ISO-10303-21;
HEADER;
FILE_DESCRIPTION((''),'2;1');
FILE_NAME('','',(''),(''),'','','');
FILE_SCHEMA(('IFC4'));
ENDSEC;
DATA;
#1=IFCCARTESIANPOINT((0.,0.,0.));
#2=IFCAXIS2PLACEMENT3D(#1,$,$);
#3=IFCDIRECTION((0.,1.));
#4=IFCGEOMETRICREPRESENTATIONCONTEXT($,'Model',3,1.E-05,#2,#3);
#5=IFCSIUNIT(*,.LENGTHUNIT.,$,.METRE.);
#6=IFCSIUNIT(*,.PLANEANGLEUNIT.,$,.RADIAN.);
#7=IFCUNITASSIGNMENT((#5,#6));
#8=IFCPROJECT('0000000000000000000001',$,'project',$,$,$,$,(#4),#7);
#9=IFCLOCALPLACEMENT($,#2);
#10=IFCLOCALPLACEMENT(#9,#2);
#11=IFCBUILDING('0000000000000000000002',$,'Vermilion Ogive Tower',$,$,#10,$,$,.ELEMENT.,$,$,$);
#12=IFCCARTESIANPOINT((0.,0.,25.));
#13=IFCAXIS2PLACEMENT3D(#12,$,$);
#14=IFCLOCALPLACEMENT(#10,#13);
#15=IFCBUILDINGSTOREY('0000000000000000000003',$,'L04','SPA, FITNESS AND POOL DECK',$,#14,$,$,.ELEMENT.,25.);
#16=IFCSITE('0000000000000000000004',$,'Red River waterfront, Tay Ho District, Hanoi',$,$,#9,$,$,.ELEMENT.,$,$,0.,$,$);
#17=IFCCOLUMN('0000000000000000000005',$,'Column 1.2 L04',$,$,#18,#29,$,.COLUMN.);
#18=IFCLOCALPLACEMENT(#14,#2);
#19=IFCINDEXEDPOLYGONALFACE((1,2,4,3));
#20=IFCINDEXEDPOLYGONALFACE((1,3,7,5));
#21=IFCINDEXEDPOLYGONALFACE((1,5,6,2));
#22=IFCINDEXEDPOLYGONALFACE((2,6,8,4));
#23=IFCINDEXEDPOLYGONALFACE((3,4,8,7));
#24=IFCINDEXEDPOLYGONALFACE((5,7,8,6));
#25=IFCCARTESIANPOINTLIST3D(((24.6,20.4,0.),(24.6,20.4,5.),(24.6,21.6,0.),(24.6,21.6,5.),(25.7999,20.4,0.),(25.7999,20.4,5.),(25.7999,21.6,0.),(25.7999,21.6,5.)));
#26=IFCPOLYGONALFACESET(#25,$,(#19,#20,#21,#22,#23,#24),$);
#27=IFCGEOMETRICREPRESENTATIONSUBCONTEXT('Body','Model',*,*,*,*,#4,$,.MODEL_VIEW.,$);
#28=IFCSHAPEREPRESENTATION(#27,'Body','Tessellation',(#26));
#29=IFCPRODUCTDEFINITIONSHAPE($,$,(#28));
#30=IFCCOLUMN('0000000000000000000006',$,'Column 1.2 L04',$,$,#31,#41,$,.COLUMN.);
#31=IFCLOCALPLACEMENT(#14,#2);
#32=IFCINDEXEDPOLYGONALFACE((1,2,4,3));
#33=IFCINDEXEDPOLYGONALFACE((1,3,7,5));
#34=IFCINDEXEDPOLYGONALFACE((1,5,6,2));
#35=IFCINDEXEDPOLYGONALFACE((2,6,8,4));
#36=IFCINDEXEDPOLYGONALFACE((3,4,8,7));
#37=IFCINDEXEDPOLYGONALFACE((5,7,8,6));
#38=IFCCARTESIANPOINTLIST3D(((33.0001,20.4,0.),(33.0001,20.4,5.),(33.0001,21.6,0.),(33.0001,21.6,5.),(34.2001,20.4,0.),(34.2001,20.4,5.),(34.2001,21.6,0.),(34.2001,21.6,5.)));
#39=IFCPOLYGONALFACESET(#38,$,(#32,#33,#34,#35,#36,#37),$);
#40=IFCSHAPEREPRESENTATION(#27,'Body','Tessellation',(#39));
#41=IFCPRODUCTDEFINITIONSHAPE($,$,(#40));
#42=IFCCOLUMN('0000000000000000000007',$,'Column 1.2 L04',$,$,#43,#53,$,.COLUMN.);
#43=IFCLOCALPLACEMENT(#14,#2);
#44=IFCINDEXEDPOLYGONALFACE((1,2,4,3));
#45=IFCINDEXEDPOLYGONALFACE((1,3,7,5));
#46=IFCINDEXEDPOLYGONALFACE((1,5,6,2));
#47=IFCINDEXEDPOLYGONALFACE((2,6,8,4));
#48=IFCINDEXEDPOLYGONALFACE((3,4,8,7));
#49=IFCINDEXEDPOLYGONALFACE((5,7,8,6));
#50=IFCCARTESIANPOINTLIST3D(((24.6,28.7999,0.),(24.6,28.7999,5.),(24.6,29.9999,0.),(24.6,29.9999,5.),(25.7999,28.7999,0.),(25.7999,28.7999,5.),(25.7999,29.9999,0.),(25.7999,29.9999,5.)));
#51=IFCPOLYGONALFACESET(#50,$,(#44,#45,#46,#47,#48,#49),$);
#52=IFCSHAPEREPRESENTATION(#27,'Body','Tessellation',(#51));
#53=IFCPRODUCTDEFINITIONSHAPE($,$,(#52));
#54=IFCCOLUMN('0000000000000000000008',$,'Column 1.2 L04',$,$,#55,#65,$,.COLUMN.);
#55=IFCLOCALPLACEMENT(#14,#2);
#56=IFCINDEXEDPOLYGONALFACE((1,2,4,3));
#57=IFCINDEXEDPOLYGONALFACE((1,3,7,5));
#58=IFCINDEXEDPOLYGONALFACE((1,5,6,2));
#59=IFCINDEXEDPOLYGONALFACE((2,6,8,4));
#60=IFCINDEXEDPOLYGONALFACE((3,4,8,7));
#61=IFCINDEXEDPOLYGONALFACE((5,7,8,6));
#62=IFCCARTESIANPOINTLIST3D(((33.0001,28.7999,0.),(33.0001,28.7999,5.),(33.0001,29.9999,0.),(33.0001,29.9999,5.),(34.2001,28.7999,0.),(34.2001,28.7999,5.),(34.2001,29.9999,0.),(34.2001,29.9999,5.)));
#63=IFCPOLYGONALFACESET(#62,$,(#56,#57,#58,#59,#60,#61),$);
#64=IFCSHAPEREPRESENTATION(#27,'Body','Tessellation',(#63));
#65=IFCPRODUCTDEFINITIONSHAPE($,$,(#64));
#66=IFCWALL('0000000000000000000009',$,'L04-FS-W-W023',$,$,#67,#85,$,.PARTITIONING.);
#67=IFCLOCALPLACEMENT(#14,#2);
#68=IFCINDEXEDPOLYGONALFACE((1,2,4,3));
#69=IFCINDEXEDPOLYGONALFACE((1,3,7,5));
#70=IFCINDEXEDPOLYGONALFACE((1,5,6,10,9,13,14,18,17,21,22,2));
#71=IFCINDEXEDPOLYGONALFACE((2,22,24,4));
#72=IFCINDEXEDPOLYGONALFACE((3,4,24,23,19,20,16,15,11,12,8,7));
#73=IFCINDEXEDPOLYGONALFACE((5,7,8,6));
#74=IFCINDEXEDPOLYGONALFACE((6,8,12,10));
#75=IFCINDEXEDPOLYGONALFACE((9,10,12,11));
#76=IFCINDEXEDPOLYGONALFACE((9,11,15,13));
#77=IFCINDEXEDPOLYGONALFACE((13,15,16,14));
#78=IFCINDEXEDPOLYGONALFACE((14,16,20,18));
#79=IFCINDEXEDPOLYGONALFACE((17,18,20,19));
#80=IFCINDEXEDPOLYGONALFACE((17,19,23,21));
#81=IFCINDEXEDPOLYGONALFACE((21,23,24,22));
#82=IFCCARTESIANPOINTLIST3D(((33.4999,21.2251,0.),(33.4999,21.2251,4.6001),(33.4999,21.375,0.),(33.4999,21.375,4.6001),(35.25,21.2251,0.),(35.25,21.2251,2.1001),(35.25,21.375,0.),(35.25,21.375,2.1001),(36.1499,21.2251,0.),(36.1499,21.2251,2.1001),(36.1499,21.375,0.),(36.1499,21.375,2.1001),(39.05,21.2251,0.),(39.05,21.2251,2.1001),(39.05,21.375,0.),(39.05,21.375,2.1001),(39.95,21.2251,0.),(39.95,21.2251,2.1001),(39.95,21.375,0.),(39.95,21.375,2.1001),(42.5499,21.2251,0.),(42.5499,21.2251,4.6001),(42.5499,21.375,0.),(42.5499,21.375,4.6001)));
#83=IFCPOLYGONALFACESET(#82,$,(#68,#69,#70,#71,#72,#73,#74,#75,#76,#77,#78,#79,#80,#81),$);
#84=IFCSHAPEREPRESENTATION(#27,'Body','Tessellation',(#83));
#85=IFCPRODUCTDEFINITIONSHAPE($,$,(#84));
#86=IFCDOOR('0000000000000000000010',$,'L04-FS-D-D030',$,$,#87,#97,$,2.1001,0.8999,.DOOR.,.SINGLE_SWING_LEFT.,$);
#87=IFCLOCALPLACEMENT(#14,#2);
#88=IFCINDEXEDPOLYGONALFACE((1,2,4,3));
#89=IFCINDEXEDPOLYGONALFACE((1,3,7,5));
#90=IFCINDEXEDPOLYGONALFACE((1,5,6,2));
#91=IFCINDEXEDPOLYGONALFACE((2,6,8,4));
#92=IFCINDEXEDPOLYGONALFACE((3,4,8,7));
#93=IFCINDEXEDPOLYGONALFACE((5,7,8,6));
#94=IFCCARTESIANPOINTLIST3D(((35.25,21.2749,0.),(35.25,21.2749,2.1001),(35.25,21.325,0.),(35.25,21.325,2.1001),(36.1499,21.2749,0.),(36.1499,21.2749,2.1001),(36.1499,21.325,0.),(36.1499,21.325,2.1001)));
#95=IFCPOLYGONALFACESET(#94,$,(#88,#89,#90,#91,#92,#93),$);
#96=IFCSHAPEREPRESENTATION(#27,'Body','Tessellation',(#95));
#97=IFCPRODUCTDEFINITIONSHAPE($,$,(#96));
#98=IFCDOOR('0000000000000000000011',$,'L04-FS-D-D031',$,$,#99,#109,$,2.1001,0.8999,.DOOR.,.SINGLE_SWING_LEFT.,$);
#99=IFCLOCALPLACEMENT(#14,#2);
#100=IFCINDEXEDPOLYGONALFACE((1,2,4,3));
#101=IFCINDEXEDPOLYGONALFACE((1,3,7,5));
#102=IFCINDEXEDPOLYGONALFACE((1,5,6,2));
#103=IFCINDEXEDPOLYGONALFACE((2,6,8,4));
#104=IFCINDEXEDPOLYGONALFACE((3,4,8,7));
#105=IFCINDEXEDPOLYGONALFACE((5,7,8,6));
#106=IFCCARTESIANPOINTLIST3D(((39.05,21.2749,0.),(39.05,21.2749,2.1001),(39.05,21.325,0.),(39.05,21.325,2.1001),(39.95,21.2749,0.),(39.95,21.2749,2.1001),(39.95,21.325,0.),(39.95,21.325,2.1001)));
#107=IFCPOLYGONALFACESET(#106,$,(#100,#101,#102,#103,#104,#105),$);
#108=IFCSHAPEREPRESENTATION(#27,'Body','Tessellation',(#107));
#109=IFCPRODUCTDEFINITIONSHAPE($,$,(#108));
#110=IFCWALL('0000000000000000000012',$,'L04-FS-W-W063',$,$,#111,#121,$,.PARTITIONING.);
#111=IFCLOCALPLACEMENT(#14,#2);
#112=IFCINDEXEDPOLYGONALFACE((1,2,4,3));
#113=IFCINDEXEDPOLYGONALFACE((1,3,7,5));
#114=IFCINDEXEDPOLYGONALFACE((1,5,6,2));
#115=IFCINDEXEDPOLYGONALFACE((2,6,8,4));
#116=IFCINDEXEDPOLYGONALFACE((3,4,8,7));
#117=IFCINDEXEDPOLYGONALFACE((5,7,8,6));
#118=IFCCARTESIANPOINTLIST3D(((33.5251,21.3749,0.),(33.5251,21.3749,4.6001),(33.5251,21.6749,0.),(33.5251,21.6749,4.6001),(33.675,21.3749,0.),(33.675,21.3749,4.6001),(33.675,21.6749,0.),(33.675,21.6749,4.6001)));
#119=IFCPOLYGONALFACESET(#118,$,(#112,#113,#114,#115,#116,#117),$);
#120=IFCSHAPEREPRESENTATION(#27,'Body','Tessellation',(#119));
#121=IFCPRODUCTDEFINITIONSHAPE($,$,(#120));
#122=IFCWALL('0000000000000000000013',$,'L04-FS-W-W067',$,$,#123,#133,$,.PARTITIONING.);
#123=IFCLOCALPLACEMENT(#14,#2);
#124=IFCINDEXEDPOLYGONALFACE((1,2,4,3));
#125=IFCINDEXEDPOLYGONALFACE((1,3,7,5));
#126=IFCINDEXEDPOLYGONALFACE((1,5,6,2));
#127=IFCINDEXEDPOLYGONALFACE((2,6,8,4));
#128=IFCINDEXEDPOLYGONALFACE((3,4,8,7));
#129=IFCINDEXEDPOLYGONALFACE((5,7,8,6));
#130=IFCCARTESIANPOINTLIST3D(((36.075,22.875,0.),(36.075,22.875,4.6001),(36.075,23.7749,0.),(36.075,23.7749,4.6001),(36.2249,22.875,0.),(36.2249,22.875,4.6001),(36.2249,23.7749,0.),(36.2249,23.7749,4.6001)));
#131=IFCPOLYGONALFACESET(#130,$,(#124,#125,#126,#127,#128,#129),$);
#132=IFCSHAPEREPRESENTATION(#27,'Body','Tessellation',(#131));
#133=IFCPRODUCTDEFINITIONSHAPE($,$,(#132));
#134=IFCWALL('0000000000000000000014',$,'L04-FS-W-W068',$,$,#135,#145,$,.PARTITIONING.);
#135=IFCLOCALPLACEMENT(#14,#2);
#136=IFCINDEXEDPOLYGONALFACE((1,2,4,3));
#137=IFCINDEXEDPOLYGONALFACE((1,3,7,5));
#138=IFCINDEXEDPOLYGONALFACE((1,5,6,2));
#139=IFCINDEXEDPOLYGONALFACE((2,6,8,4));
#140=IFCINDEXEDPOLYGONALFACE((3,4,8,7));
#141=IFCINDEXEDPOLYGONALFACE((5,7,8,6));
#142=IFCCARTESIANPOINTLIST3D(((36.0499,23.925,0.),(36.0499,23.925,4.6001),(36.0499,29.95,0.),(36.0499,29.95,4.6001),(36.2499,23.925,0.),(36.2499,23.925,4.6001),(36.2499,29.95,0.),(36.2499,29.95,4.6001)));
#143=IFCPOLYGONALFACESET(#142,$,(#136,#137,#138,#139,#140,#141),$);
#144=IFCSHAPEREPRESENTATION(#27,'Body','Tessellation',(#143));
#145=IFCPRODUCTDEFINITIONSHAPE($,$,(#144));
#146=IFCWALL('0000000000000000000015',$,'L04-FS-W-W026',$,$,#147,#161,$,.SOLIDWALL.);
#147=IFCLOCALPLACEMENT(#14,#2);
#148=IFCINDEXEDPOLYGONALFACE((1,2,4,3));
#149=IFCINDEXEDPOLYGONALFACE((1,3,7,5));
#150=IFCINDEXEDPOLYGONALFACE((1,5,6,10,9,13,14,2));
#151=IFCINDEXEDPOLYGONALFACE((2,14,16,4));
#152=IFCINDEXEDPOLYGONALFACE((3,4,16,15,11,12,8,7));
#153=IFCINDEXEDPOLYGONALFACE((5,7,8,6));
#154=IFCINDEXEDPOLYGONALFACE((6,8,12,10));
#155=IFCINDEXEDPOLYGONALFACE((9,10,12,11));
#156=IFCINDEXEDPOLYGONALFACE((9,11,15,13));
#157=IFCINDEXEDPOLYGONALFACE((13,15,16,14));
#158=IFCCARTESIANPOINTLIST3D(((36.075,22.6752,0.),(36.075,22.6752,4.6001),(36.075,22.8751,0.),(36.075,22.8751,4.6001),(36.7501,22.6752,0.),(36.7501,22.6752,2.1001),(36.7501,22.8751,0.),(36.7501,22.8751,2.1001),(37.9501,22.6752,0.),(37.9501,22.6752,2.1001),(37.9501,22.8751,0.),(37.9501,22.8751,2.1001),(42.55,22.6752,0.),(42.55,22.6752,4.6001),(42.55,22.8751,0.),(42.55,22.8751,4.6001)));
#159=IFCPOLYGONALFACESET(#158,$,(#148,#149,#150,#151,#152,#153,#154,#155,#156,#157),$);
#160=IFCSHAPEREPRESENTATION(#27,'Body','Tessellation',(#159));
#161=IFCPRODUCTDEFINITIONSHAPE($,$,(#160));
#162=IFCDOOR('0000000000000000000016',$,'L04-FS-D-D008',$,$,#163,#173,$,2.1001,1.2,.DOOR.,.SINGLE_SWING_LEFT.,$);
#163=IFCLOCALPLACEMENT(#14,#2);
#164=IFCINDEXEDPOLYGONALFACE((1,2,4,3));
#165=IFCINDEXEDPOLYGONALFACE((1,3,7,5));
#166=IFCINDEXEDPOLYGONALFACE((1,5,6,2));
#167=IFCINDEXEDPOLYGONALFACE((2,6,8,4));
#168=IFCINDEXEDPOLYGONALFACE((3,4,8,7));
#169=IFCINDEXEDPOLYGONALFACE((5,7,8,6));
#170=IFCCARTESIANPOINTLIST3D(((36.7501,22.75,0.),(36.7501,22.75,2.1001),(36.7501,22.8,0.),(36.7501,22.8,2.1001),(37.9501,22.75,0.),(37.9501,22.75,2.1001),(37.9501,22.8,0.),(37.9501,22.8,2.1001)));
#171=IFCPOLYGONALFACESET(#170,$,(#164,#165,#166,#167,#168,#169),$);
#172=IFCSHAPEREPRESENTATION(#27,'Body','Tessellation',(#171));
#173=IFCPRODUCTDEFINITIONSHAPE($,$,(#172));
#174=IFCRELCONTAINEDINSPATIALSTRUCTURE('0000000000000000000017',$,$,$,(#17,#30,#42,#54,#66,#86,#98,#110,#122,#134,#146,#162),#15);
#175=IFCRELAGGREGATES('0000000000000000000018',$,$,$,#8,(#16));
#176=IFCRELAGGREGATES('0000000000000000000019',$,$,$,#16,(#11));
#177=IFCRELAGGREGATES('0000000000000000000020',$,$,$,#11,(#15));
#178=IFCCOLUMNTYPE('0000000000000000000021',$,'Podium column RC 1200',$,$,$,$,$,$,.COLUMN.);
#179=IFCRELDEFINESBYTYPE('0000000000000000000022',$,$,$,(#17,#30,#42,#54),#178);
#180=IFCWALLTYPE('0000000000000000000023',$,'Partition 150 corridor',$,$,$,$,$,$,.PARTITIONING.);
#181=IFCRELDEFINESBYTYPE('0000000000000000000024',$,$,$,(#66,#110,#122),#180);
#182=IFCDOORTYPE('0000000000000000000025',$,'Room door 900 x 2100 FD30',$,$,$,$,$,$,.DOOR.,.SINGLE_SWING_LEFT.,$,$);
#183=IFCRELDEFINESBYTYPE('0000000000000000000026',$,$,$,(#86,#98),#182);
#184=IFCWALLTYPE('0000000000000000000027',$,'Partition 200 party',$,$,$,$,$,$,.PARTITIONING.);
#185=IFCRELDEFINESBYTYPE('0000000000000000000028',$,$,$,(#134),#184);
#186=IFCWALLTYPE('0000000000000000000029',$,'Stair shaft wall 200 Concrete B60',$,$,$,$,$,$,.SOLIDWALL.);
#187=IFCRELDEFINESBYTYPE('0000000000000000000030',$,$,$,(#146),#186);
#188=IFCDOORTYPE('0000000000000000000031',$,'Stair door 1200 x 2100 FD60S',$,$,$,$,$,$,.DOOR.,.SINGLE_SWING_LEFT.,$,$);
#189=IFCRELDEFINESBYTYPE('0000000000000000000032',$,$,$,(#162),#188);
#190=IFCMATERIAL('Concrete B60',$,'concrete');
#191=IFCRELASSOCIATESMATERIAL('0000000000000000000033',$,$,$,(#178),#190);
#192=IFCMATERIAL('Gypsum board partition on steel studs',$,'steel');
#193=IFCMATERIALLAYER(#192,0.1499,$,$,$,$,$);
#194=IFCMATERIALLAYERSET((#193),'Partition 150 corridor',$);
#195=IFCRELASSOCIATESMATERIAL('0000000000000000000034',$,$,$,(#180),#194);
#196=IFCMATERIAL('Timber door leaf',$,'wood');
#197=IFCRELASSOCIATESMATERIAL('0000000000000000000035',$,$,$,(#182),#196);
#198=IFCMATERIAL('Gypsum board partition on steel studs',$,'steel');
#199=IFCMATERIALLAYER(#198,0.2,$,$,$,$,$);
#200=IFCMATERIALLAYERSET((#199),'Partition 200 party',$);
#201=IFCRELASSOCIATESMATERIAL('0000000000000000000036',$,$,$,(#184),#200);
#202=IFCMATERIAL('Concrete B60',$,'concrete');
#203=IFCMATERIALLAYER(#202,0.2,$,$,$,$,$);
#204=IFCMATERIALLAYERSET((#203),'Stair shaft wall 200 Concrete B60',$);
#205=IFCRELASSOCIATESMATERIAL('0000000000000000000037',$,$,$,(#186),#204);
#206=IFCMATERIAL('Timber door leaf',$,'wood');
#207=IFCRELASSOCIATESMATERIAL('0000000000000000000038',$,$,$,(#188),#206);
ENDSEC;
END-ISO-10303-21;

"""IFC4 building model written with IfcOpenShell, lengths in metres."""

from ifc_helpers import new_model, si_unit, direction, frame, frame_2d, origin, origin_2d, place, context, subcontext, project, spatial, rectangle, extrude, material, layer, layer_set, material_profile, profile_set, type_object, element, fill, save


model = new_model("IFC4")

# Units and contexts
model_context = context("Model", 3, precision=1e-05, world=origin(), true_north=direction((0.0, 1.0)))
body_context = subcontext(model_context, "Body", "Model", "MODEL_VIEW")
ifc_project = project(units=[si_unit("LENGTHUNIT", "METRE"), si_unit("PLANEANGLEUNIT", "RADIAN")], contexts=[model_context])

# Site, building, storey
site_placement = place(None, origin())
site = spatial("IfcSite", under=ifc_project, at=site_placement, Name="Red River waterfront, Tay Ho District, Hanoi", CompositionType="ELEMENT", RefElevation=0.0)
building_placement = place(site_placement, origin())
building = spatial("IfcBuilding", under=site, at=building_placement, Name="Vermilion Ogive Tower", CompositionType="ELEMENT")
storey_placement = place(building_placement, frame((0.0, 0.0, 25.0)))
storey = spatial("IfcBuildingStorey", under=building, at=storey_placement, Name="L04", Description="SPA, FITNESS AND POOL DECK", CompositionType="ELEMENT", Elevation=25.0)

# Columns
ifc_material_1 = material(Name="Concrete B60", Category="concrete")
ifc_material_profile = material_profile(ifc_material_1, rectangle(XDim=1.2, YDim=1.2, at=origin_2d()), Name="RC 1200x1200")
ifc_profile_set = profile_set([ifc_material_profile], Name="Concrete B60")
column_type = type_object("IfcColumnType", Name="Podium column RC 1200", PredefinedType="COLUMN", material=ifc_profile_set)
for number, where, z_axis, x_axis, name in (
    (1, (25.2, 21.0, 0.0), (0.0, 0.0, 1.0), (1.0, 0.0, 0.0), "Column 1.2 L04"),
    (2, (33.6001, 21.0, 0.0), (0.0, 0.0, 1.0), (1.0, 0.0, 0.0), "Column 1.2 L04"),
    (3, (25.2, 29.3999, 0.0), (0.0, 0.0, 1.0), (1.0, 0.0, 0.0), "Column 1.2 L04"),
    (4, (33.6001, 29.3999, 0.0), (0.0, 0.0, 1.0), (1.0, 0.0, 0.0), "Column 1.2 L04"),
):
    element("IfcColumn", number, at=place(storey_placement, frame(where, z_axis=z_axis, x_axis=x_axis)), inside=storey, type_object=column_type, Name=name, PredefinedType="COLUMN", context=body_context, shape_type="SweptSolid", body=[
        extrude(rectangle(XDim=1.2, YDim=1.2, at=origin_2d()), origin(), (0.0, 0.0, 1.0), 5.0),
    ])

# Wall, openings, doors
ifc_material_2 = material(Name="Gypsum board partition on steel studs", Category="steel")
ifc_layer_1 = layer(ifc_material_2, 0.1499)
ifc_layer_set_1 = layer_set([ifc_layer_1], Name="Partition 150 corridor")
wall_type_1 = type_object("IfcWallType", Name="Partition 150 corridor", PredefinedType="PARTITIONING", material=ifc_layer_set_1)
wall_1_placement = place(storey_placement, frame((33.5, 21.3, 0.0), z_axis=(0.0, 0.0, 1.0), x_axis=(1.0, 0.0, 0.0)))
wall_1 = element("IfcWall", 5, at=wall_1_placement, inside=storey, type_object=wall_type_1, Name="L04-FS-W-W023", PredefinedType="PARTITIONING", context=body_context, shape_type="SweptSolid", body=[
    extrude(rectangle(XDim=9.05, YDim=0.1499, at=frame_2d((4.5249, 0.0))), origin(), (0.0, 0.0, 1.0), 4.6001),
])
opening_1_placement = place(wall_1_placement, frame((1.75, 0.0, 0.0)))
opening_1 = element("IfcOpeningElement", 6, at=opening_1_placement, cuts=wall_1, PredefinedType="OPENING", context=body_context, shape_type="SweptSolid", body=[
    extrude(rectangle(XDim=0.8999, YDim=2.1001, at=frame_2d((0.45, 1.05))), frame((0.0, 0.085, 0.0), z_axis=(0.0, -1.0, 0.0), x_axis=(1.0, 0.0, 0.0)), (0.0, 0.0, 1.0), 0.1699),
])
opening_2_placement = place(wall_1_placement, frame((5.55, 0.0, 0.0)))
opening_2 = element("IfcOpeningElement", 7, at=opening_2_placement, cuts=wall_1, PredefinedType="OPENING", context=body_context, shape_type="SweptSolid", body=[
    extrude(rectangle(XDim=0.8999, YDim=2.1001, at=frame_2d((0.45, 1.05))), frame((0.0, 0.085, 0.0), z_axis=(0.0, -1.0, 0.0), x_axis=(1.0, 0.0, 0.0)), (0.0, 0.0, 1.0), 0.1699),
])
ifc_material_3 = material(Name="Timber door leaf", Category="wood")
door_type_1 = type_object("IfcDoorType", Name="Room door 900 x 2100 FD30", OperationType="SINGLE_SWING_LEFT", PredefinedType="DOOR", material=ifc_material_3)
door_1_placement = place(opening_1_placement, origin())
door_1 = element("IfcDoor", 8, at=door_1_placement, inside=storey, type_object=door_type_1, Name="L04-FS-D-D030", OperationType="SINGLE_SWING_LEFT", OverallHeight=2.1001, OverallWidth=0.8999, PredefinedType="DOOR", context=body_context, shape_type="SweptSolid", body=[
    extrude(rectangle(XDim=0.8999, YDim=2.1001, at=frame_2d((0.45, 1.05))), frame((0.0, 0.0249, 0.0), z_axis=(0.0, -1.0, 0.0), x_axis=(1.0, 0.0, 0.0)), (0.0, 0.0, 1.0), 0.05),
])
fill(opening_1, door_1)
door_2_placement = place(opening_2_placement, origin())
door_2 = element("IfcDoor", 9, at=door_2_placement, inside=storey, type_object=door_type_1, Name="L04-FS-D-D031", OperationType="SINGLE_SWING_LEFT", OverallHeight=2.1001, OverallWidth=0.8999, PredefinedType="DOOR", context=body_context, shape_type="SweptSolid", body=[
    extrude(rectangle(XDim=0.8999, YDim=2.1001, at=frame_2d((0.45, 1.05))), frame((0.0, 0.0249, 0.0), z_axis=(0.0, -1.0, 0.0), x_axis=(1.0, 0.0, 0.0)), (0.0, 0.0, 1.0), 0.05),
])
fill(opening_2, door_2)

# Walls
wall_2_placement = place(storey_placement, frame((33.6001, 21.375, 0.0), z_axis=(0.0, 0.0, 1.0), x_axis=(0.0, 1.0, 0.0)))
element("IfcWall", 10, at=wall_2_placement, inside=storey, type_object=wall_type_1, Name="L04-FS-W-W063", PredefinedType="PARTITIONING", context=body_context, shape_type="SweptSolid", body=[
    extrude(rectangle(XDim=0.3, YDim=0.1499, at=frame_2d((0.1499, 0.0))), origin(), (0.0, 0.0, 1.0), 4.6001),
])
wall_3_placement = place(storey_placement, frame((36.1499, 22.875, 0.0), z_axis=(0.0, 0.0, 1.0), x_axis=(0.0, 1.0, 0.0)))
element("IfcWall", 11, at=wall_3_placement, inside=storey, type_object=wall_type_1, Name="L04-FS-W-W067", PredefinedType="PARTITIONING", context=body_context, shape_type="SweptSolid", body=[
    extrude(rectangle(XDim=0.8999, YDim=0.1499, at=frame_2d((0.45, 0.0))), origin(), (0.0, 0.0, 1.0), 4.6001),
])
ifc_material_4 = material(Name="Gypsum board partition on steel studs", Category="steel")
ifc_layer_2 = layer(ifc_material_4, 0.2)
ifc_layer_set_2 = layer_set([ifc_layer_2], Name="Partition 200 party")
wall_type_2 = type_object("IfcWallType", Name="Partition 200 party", PredefinedType="PARTITIONING", material=ifc_layer_set_2)
wall_4_placement = place(storey_placement, frame((36.1499, 23.925, 0.0), z_axis=(0.0, 0.0, 1.0), x_axis=(0.0, 1.0, 0.0)))
element("IfcWall", 12, at=wall_4_placement, inside=storey, type_object=wall_type_2, Name="L04-FS-W-W068", PredefinedType="PARTITIONING", context=body_context, shape_type="SweptSolid", body=[
    extrude(rectangle(XDim=6.0249, YDim=0.2, at=frame_2d((3.0125, 0.0))), origin(), (0.0, 0.0, 1.0), 4.6001),
])

# Wall, opening, door
ifc_material_5 = material(Name="Concrete B60", Category="concrete")
ifc_layer_3 = layer(ifc_material_5, 0.2)
ifc_layer_set_3 = layer_set([ifc_layer_3], Name="Stair shaft wall 200 Concrete B60")
wall_type_3 = type_object("IfcWallType", Name="Stair shaft wall 200 Concrete B60", PredefinedType="SOLIDWALL", material=ifc_layer_set_3)
wall_5_placement = place(storey_placement, frame((36.075, 22.7751, 0.0), z_axis=(0.0, 0.0, 1.0), x_axis=(1.0, 0.0, 0.0)))
wall_5 = element("IfcWall", 13, at=wall_5_placement, inside=storey, type_object=wall_type_3, Name="L04-FS-W-W026", PredefinedType="SOLIDWALL", context=body_context, shape_type="SweptSolid", body=[
    extrude(rectangle(XDim=6.4751, YDim=0.2, at=frame_2d((3.2375, 0.0))), origin(), (0.0, 0.0, 1.0), 4.6001),
])
opening_3_placement = place(wall_5_placement, frame((0.675, 0.0, 0.0)))
opening_3 = element("IfcOpeningElement", 14, at=opening_3_placement, cuts=wall_5, PredefinedType="OPENING", context=body_context, shape_type="SweptSolid", body=[
    extrude(rectangle(XDim=1.2, YDim=2.1001, at=frame_2d((0.6001, 1.05))), frame((0.0, 0.1099, 0.0), z_axis=(0.0, -1.0, 0.0), x_axis=(1.0, 0.0, 0.0)), (0.0, 0.0, 1.0), 0.22),
])
ifc_material_6 = material(Name="Timber door leaf", Category="wood")
door_type_2 = type_object("IfcDoorType", Name="Stair door 1200 x 2100 FD60S", OperationType="SINGLE_SWING_LEFT", PredefinedType="DOOR", material=ifc_material_6)
door_3_placement = place(opening_3_placement, origin())
door_3 = element("IfcDoor", 15, at=door_3_placement, inside=storey, type_object=door_type_2, Name="L04-FS-D-D008", OperationType="SINGLE_SWING_LEFT", OverallHeight=2.1001, OverallWidth=1.2, PredefinedType="DOOR", context=body_context, shape_type="SweptSolid", body=[
    extrude(rectangle(XDim=1.2, YDim=2.1001, at=frame_2d((0.6001, 1.05))), frame((0.0, 0.0249, 0.0), z_axis=(0.0, -1.0, 0.0), x_axis=(1.0, 0.0, 0.0)), (0.0, 0.0, 1.0), 0.05),
])
fill(opening_3, door_3)

save(model, "model.ifc")
